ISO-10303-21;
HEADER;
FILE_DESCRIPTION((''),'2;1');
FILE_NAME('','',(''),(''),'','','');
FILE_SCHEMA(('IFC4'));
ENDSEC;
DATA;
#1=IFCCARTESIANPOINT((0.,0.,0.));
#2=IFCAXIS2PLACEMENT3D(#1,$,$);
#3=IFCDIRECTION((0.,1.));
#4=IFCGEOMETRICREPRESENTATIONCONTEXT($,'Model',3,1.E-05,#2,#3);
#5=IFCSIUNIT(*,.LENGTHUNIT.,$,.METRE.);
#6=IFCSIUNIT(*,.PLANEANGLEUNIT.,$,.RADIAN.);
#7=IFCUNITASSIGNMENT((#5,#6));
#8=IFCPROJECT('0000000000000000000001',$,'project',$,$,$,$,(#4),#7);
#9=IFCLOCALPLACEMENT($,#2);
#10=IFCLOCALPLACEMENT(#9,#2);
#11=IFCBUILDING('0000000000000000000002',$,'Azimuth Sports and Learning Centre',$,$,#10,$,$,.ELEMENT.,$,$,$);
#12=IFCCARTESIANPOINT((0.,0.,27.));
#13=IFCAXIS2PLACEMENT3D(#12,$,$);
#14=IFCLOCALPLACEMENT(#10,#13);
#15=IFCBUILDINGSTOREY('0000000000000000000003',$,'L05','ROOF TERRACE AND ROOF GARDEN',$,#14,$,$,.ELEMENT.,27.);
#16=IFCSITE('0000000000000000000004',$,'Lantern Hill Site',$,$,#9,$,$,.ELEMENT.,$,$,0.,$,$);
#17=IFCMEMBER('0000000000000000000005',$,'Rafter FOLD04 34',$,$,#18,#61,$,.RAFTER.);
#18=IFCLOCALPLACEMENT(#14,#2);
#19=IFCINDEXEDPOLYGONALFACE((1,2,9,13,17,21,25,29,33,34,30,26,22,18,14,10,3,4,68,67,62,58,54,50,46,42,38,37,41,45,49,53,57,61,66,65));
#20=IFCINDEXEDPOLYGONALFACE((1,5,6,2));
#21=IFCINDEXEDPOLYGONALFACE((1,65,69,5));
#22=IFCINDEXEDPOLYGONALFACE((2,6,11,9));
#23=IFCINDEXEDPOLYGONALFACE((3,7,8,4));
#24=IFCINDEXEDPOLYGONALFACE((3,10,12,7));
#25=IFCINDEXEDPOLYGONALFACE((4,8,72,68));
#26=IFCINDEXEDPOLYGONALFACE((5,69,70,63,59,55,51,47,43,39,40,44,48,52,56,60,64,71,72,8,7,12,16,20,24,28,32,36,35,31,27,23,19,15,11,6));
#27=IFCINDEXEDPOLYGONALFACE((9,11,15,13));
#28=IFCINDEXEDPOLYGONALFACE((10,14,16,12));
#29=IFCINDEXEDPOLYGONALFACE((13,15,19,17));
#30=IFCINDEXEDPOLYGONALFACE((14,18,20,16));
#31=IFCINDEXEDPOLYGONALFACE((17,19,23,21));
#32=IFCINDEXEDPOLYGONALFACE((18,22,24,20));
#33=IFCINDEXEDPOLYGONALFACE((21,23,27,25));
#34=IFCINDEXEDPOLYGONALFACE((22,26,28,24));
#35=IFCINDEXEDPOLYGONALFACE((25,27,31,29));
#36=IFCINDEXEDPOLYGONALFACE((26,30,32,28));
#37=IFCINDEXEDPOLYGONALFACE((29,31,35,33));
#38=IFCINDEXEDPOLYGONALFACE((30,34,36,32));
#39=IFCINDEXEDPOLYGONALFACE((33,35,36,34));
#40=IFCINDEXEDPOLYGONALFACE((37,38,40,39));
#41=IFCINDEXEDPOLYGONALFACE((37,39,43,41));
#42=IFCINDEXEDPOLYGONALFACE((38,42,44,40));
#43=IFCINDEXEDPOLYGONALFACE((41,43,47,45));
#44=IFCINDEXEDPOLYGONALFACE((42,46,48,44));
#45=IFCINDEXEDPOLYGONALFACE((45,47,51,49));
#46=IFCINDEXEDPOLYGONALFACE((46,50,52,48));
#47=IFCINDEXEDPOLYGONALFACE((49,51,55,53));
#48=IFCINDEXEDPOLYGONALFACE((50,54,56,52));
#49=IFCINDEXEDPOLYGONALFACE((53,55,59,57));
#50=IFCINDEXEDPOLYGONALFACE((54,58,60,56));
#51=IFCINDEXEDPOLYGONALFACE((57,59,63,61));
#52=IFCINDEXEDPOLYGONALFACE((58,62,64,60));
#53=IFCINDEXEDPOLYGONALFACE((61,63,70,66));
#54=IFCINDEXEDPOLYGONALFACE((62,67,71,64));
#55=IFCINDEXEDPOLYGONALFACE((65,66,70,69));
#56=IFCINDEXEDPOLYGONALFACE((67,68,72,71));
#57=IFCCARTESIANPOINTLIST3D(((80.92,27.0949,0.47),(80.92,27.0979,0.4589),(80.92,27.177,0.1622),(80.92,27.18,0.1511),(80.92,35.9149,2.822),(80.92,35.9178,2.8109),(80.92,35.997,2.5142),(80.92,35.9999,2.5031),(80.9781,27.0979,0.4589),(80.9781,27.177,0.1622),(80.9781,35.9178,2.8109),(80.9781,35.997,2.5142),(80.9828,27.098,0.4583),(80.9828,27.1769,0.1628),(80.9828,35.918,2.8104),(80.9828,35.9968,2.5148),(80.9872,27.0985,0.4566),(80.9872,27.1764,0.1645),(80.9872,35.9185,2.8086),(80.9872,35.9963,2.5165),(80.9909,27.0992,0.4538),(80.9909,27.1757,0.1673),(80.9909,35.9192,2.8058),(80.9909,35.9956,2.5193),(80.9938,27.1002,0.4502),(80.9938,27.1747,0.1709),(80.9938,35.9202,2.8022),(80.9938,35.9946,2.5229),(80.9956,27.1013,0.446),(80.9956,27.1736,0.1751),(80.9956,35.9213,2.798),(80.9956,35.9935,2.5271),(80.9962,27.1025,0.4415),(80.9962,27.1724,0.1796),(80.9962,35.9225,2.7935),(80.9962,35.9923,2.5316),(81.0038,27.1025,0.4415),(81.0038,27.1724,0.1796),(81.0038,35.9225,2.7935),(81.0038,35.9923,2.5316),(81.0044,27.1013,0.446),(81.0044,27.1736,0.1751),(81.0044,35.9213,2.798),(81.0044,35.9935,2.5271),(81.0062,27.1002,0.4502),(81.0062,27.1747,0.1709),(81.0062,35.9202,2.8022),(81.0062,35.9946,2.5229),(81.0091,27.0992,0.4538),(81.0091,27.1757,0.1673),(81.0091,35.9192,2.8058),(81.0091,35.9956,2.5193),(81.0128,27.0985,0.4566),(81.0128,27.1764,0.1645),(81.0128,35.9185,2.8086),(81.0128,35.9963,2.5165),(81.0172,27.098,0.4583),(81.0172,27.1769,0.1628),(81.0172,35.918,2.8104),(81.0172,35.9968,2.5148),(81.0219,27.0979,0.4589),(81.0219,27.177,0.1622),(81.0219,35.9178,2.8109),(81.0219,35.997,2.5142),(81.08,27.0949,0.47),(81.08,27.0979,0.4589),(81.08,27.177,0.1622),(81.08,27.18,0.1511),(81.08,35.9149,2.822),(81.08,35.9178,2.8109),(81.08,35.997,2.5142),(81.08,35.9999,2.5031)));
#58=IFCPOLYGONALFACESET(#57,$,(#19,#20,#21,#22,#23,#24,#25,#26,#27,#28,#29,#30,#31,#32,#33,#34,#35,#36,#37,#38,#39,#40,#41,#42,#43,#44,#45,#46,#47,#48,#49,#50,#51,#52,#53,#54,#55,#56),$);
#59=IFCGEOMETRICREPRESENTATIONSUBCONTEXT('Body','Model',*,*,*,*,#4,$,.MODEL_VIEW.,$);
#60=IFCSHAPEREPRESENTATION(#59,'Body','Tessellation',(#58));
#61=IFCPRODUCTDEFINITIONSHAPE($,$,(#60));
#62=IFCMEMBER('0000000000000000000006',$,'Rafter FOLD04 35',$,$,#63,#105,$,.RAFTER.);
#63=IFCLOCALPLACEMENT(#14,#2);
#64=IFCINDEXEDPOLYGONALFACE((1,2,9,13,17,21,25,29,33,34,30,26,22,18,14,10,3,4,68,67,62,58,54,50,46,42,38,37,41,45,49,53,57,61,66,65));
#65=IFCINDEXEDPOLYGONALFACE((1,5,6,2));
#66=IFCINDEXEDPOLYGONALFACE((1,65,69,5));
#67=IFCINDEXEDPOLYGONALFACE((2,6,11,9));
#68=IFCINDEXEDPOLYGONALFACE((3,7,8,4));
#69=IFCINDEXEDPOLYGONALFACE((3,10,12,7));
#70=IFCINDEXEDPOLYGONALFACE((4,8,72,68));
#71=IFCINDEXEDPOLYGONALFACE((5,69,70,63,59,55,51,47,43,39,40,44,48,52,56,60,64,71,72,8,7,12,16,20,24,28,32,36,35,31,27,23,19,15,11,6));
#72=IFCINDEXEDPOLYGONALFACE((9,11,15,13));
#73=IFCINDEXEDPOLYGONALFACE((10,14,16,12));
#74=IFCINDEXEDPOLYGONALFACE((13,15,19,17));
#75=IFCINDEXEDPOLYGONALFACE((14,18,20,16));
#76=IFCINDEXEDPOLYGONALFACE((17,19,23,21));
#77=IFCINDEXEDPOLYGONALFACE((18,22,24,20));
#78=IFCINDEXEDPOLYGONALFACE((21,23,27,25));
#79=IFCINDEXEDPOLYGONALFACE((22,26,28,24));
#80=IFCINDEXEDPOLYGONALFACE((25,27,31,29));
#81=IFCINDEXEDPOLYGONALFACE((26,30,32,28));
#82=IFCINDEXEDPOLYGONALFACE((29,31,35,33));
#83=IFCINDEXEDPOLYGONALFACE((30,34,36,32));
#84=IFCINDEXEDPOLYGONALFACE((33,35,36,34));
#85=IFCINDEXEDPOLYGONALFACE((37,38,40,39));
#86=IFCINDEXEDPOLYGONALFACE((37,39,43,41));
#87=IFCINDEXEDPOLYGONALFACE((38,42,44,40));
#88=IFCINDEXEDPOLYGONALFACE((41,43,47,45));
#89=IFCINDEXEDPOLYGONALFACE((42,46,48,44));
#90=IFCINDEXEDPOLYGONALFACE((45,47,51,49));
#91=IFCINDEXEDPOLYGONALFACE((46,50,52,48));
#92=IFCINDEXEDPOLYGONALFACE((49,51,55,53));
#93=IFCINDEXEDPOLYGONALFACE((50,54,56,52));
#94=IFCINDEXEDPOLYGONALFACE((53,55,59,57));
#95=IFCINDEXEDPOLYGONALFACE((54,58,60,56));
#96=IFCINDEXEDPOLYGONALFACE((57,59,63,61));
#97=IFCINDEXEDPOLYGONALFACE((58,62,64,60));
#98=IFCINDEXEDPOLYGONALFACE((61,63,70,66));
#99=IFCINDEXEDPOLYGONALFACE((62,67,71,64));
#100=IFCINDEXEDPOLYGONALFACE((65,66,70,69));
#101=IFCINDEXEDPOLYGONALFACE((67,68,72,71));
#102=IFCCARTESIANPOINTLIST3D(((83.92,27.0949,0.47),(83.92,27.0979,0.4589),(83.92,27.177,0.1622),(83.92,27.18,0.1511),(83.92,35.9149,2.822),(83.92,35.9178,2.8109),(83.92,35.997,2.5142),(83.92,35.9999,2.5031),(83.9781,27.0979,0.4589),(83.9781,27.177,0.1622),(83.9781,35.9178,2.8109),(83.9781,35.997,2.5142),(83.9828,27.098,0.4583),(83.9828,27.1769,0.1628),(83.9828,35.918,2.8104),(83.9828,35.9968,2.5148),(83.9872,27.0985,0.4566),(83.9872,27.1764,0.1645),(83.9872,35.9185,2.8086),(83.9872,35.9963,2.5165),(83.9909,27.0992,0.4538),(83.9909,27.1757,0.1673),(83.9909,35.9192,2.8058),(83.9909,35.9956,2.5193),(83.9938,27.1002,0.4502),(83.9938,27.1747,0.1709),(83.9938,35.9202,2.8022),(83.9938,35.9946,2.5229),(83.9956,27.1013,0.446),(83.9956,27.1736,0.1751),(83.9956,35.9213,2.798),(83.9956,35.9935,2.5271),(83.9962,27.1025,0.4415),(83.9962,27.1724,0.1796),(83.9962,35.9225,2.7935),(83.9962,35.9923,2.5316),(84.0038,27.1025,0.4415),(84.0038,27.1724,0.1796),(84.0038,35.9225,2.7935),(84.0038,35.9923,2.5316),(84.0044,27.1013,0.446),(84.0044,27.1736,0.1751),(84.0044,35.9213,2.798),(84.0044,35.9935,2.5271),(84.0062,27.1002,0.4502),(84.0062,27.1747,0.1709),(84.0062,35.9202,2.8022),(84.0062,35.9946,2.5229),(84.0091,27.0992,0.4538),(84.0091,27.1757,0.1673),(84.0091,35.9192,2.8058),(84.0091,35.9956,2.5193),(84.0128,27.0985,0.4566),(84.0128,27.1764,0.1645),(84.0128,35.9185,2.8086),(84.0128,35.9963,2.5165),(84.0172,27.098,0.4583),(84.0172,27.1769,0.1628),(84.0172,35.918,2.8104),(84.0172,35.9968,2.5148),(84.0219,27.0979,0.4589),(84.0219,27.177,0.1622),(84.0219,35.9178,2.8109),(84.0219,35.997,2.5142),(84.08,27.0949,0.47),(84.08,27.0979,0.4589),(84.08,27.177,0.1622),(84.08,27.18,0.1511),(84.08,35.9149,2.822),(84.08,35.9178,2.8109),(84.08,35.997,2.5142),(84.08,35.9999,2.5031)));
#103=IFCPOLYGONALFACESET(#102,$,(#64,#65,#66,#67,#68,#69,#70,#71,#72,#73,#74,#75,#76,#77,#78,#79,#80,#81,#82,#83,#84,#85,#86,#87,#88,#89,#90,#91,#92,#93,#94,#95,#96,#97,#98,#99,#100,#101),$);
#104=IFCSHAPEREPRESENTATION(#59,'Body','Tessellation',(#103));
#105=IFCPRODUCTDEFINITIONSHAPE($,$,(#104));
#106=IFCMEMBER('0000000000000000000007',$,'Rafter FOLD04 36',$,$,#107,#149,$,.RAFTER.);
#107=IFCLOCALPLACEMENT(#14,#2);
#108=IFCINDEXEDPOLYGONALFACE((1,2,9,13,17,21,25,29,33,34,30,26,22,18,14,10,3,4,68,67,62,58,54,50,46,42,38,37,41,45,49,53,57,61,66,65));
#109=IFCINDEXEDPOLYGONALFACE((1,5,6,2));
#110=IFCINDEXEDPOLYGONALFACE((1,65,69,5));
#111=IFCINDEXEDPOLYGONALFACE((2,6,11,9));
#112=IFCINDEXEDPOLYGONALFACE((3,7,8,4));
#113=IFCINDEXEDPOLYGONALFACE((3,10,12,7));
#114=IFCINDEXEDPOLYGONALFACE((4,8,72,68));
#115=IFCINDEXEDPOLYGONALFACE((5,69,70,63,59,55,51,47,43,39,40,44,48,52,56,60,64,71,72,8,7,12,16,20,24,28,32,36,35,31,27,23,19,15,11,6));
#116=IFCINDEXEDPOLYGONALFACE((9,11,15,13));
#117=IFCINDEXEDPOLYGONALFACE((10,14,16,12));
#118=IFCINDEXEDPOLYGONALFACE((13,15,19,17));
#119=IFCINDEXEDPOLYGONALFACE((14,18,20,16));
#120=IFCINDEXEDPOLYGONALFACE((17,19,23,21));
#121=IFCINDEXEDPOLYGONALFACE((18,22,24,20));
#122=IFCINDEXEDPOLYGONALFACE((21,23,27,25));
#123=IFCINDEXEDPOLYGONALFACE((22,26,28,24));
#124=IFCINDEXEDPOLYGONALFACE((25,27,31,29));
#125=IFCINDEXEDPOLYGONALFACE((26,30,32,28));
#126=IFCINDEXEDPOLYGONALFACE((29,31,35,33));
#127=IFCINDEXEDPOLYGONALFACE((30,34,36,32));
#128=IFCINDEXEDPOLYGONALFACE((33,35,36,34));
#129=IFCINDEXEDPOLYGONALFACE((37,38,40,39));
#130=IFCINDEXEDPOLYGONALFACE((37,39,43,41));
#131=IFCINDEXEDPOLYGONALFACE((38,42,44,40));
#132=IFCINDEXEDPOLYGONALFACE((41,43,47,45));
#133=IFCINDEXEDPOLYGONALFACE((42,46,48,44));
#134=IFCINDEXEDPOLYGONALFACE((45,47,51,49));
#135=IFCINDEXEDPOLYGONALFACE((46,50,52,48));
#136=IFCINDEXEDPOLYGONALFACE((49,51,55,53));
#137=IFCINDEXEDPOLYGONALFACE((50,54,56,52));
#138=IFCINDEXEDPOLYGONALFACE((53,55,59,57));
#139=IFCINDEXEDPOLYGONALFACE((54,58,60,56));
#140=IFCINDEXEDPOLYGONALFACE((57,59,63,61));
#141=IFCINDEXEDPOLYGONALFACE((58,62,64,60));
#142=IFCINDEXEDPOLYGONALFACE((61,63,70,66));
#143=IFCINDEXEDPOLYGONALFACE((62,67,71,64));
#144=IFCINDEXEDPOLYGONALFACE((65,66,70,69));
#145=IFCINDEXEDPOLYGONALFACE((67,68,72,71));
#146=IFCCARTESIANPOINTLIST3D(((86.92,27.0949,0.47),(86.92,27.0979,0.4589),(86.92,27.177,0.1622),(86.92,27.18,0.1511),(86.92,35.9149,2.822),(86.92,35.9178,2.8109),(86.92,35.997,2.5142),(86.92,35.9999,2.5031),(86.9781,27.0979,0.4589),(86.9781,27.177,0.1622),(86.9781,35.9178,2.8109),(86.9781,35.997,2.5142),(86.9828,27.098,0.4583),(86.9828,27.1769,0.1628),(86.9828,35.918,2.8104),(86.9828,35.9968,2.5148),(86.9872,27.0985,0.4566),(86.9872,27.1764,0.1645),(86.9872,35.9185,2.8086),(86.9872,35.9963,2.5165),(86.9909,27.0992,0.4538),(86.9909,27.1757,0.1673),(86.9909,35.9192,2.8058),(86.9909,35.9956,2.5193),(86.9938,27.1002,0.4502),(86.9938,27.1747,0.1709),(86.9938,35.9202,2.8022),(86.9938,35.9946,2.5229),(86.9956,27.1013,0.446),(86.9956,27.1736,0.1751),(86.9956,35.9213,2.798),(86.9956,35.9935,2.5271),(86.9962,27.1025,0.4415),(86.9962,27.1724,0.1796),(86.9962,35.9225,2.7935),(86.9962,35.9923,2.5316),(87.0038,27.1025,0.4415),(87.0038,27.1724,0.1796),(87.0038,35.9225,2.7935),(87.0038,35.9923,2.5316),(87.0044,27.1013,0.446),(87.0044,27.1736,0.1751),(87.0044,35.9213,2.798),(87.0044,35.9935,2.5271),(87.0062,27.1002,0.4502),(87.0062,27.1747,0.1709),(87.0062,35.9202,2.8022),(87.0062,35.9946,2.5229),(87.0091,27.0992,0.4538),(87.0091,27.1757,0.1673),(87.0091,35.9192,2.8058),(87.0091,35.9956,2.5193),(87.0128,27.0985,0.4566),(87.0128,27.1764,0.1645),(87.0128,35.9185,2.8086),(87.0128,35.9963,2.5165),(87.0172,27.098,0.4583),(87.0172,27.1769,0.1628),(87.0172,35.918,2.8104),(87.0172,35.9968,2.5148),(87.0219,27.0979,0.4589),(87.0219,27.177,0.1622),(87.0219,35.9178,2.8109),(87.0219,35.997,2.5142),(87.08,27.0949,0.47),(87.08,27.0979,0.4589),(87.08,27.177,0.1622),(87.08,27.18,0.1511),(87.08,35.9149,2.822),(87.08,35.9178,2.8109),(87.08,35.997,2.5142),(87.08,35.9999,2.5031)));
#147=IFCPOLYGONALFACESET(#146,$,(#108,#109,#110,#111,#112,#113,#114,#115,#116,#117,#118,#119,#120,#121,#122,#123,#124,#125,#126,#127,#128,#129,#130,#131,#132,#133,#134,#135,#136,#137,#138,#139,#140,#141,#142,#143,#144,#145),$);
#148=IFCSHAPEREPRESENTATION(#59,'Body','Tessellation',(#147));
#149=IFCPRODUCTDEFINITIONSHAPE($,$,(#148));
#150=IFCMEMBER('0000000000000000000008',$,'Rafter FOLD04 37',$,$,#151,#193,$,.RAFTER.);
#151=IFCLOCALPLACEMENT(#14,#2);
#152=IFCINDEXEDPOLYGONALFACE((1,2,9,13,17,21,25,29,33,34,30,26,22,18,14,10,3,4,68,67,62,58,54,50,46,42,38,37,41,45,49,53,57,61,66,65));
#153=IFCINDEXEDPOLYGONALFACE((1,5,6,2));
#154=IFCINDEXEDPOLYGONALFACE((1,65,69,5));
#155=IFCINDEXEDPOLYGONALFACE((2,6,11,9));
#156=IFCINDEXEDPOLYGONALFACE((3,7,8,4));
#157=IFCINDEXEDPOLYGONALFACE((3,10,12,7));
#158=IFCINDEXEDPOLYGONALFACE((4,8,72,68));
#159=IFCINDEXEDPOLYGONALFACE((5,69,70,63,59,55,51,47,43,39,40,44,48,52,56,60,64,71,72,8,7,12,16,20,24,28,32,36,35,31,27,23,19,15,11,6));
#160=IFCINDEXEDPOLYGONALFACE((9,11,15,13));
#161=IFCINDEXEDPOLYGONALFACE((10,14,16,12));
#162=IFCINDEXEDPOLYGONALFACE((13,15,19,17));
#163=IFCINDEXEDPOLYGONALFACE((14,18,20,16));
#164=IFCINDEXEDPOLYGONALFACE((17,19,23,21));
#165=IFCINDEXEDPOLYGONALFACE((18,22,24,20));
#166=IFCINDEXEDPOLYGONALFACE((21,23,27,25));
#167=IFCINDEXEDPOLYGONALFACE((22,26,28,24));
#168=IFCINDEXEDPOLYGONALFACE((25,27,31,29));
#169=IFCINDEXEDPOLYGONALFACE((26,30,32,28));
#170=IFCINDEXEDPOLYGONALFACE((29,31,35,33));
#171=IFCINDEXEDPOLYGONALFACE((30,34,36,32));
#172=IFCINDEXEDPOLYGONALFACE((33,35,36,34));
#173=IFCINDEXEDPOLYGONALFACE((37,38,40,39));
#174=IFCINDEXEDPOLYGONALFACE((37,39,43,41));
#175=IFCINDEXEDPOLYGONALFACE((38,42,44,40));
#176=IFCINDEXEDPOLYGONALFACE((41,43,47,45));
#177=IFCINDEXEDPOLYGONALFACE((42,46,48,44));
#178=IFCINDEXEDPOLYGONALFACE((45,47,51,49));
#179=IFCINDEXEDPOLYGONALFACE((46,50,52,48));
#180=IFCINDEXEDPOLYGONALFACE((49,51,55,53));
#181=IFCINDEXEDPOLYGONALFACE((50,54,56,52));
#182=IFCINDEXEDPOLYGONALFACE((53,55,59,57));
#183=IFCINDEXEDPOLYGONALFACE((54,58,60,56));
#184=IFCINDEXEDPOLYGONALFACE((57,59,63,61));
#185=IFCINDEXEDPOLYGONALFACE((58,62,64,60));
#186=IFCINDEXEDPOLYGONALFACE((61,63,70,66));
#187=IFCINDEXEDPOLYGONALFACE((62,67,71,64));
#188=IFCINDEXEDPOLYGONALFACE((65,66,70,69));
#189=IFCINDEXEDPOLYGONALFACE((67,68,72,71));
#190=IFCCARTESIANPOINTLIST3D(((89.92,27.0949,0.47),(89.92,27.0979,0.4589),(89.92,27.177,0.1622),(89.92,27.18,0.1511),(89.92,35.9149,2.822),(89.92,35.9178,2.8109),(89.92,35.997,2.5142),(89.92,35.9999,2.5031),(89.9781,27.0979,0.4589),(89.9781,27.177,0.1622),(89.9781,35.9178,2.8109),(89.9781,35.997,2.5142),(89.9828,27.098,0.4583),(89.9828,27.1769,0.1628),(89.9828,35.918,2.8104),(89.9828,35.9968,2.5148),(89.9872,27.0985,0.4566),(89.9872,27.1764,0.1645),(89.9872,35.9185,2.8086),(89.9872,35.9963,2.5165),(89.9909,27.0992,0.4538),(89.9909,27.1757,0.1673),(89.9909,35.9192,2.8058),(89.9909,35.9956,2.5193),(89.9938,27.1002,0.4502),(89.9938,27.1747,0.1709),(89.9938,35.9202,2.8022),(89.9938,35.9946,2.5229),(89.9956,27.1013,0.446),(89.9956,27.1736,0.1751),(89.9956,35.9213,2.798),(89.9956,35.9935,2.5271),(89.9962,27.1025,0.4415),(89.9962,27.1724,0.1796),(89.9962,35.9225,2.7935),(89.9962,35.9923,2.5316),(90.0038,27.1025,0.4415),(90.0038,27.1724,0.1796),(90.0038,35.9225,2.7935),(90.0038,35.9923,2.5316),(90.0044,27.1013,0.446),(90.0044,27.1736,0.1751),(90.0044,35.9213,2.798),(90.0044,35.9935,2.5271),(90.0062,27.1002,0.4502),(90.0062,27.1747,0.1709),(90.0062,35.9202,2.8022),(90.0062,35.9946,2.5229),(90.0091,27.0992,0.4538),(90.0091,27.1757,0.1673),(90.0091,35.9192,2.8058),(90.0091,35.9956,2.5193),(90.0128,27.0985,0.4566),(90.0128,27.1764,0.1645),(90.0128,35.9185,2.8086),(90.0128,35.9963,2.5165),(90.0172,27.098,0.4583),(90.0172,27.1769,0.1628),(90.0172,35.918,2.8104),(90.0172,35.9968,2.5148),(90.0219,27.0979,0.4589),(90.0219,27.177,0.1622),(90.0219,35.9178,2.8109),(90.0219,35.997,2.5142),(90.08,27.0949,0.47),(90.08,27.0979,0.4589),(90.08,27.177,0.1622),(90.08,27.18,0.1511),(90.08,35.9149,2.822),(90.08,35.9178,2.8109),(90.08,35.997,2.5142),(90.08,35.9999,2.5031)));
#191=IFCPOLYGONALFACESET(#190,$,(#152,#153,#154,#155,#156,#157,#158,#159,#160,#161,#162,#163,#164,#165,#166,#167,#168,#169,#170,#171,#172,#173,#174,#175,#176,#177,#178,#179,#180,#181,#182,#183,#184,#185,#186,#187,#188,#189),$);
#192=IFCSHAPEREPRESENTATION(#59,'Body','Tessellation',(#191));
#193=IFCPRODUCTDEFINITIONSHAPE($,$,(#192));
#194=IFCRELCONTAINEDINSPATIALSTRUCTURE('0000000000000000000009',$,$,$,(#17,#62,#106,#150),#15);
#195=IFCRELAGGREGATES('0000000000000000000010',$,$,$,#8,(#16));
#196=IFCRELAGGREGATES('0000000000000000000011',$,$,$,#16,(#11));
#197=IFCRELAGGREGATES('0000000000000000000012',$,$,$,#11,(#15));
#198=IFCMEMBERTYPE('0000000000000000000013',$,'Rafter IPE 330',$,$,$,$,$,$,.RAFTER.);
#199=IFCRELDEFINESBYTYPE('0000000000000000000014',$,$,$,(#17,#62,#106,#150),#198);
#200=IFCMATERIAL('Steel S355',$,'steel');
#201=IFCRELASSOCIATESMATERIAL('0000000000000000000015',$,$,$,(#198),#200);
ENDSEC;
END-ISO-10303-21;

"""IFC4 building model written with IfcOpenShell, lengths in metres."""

from ifc_helpers import new_model, si_unit, direction, frame, origin, origin_2d, place, context, subcontext, project, spatial, i_section, extrude, material, material_profile, profile_set, type_object, element, save


model = new_model("IFC4")

# Units and contexts
model_context = context("Model", 3, precision=1e-05, world=origin(), true_north=direction((0.0, 1.0)))
body_context = subcontext(model_context, "Body", "Model", "MODEL_VIEW")
ifc_project = project(units=[si_unit("LENGTHUNIT", "METRE"), si_unit("PLANEANGLEUNIT", "RADIAN")], contexts=[model_context])

# Site, building, storey
site_placement = place(None, origin())
site = spatial("IfcSite", under=ifc_project, at=site_placement, Name="Lantern Hill Site", CompositionType="ELEMENT", RefElevation=0.0)
building_placement = place(site_placement, origin())
building = spatial("IfcBuilding", under=site, at=building_placement, Name="Azimuth Sports and Learning Centre", CompositionType="ELEMENT")
storey_placement = place(building_placement, frame((0.0, 0.0, 27.0)))
storey = spatial("IfcBuildingStorey", under=building, at=storey_placement, Name="L05", Description="ROOF TERRACE AND ROOF GARDEN", CompositionType="ELEMENT", Elevation=27.0)

# Members
ifc_material_1 = material(Name="Steel S355", Category="steel")
ifc_material_profile_1 = material_profile(ifc_material_1, i_section(OverallWidth=0.1599, OverallDepth=0.3301, WebThickness=0.0076, FlangeThickness=0.0115, FilletRadius=0.0181, at=origin_2d()), Name="IPE 330")
ifc_profile_set_1 = profile_set([ifc_material_profile_1], Name="Steel S355")
member_type_1 = type_object("IfcMemberType", Name="Rafter IPE 330", PredefinedType="RAFTER", material=ifc_profile_set_1)
for number, where, z_axis, x_axis, name in (
    (1, (81.0, 27.1375, 0.3105), (0.0, 0.966234, 0.257666), (-1.0, 0.0, 0.0), "Rafter FOLD04 34"),
    (2, (84.0, 27.1375, 0.3105), (0.0, 0.966234, 0.257666), (-1.0, 0.0, 0.0), "Rafter FOLD04 35"),
    (3, (87.0, 27.1375, 0.3105), (0.0, 0.966234, 0.257666), (-1.0, 0.0, 0.0), "Rafter FOLD04 36"),
    (4, (90.0, 27.1375, 0.3105), (0.0, 0.966234, 0.257666), (-1.0, 0.0, 0.0), "Rafter FOLD04 37"),
):
    element("IfcMember", number, at=place(storey_placement, frame(where, z_axis=z_axis, x_axis=x_axis)), inside=storey, type_object=member_type_1, Name=name, PredefinedType="RAFTER", context=body_context, shape_type="SweptSolid", body=[
        extrude(i_section(OverallWidth=0.1599, OverallDepth=0.3301, WebThickness=0.0076, FlangeThickness=0.0115, FilletRadius=0.0181, at=origin_2d()), origin(), (0.0, 0.0, 1.0), 9.1282),
    ])

save(model, "model.ifc")
